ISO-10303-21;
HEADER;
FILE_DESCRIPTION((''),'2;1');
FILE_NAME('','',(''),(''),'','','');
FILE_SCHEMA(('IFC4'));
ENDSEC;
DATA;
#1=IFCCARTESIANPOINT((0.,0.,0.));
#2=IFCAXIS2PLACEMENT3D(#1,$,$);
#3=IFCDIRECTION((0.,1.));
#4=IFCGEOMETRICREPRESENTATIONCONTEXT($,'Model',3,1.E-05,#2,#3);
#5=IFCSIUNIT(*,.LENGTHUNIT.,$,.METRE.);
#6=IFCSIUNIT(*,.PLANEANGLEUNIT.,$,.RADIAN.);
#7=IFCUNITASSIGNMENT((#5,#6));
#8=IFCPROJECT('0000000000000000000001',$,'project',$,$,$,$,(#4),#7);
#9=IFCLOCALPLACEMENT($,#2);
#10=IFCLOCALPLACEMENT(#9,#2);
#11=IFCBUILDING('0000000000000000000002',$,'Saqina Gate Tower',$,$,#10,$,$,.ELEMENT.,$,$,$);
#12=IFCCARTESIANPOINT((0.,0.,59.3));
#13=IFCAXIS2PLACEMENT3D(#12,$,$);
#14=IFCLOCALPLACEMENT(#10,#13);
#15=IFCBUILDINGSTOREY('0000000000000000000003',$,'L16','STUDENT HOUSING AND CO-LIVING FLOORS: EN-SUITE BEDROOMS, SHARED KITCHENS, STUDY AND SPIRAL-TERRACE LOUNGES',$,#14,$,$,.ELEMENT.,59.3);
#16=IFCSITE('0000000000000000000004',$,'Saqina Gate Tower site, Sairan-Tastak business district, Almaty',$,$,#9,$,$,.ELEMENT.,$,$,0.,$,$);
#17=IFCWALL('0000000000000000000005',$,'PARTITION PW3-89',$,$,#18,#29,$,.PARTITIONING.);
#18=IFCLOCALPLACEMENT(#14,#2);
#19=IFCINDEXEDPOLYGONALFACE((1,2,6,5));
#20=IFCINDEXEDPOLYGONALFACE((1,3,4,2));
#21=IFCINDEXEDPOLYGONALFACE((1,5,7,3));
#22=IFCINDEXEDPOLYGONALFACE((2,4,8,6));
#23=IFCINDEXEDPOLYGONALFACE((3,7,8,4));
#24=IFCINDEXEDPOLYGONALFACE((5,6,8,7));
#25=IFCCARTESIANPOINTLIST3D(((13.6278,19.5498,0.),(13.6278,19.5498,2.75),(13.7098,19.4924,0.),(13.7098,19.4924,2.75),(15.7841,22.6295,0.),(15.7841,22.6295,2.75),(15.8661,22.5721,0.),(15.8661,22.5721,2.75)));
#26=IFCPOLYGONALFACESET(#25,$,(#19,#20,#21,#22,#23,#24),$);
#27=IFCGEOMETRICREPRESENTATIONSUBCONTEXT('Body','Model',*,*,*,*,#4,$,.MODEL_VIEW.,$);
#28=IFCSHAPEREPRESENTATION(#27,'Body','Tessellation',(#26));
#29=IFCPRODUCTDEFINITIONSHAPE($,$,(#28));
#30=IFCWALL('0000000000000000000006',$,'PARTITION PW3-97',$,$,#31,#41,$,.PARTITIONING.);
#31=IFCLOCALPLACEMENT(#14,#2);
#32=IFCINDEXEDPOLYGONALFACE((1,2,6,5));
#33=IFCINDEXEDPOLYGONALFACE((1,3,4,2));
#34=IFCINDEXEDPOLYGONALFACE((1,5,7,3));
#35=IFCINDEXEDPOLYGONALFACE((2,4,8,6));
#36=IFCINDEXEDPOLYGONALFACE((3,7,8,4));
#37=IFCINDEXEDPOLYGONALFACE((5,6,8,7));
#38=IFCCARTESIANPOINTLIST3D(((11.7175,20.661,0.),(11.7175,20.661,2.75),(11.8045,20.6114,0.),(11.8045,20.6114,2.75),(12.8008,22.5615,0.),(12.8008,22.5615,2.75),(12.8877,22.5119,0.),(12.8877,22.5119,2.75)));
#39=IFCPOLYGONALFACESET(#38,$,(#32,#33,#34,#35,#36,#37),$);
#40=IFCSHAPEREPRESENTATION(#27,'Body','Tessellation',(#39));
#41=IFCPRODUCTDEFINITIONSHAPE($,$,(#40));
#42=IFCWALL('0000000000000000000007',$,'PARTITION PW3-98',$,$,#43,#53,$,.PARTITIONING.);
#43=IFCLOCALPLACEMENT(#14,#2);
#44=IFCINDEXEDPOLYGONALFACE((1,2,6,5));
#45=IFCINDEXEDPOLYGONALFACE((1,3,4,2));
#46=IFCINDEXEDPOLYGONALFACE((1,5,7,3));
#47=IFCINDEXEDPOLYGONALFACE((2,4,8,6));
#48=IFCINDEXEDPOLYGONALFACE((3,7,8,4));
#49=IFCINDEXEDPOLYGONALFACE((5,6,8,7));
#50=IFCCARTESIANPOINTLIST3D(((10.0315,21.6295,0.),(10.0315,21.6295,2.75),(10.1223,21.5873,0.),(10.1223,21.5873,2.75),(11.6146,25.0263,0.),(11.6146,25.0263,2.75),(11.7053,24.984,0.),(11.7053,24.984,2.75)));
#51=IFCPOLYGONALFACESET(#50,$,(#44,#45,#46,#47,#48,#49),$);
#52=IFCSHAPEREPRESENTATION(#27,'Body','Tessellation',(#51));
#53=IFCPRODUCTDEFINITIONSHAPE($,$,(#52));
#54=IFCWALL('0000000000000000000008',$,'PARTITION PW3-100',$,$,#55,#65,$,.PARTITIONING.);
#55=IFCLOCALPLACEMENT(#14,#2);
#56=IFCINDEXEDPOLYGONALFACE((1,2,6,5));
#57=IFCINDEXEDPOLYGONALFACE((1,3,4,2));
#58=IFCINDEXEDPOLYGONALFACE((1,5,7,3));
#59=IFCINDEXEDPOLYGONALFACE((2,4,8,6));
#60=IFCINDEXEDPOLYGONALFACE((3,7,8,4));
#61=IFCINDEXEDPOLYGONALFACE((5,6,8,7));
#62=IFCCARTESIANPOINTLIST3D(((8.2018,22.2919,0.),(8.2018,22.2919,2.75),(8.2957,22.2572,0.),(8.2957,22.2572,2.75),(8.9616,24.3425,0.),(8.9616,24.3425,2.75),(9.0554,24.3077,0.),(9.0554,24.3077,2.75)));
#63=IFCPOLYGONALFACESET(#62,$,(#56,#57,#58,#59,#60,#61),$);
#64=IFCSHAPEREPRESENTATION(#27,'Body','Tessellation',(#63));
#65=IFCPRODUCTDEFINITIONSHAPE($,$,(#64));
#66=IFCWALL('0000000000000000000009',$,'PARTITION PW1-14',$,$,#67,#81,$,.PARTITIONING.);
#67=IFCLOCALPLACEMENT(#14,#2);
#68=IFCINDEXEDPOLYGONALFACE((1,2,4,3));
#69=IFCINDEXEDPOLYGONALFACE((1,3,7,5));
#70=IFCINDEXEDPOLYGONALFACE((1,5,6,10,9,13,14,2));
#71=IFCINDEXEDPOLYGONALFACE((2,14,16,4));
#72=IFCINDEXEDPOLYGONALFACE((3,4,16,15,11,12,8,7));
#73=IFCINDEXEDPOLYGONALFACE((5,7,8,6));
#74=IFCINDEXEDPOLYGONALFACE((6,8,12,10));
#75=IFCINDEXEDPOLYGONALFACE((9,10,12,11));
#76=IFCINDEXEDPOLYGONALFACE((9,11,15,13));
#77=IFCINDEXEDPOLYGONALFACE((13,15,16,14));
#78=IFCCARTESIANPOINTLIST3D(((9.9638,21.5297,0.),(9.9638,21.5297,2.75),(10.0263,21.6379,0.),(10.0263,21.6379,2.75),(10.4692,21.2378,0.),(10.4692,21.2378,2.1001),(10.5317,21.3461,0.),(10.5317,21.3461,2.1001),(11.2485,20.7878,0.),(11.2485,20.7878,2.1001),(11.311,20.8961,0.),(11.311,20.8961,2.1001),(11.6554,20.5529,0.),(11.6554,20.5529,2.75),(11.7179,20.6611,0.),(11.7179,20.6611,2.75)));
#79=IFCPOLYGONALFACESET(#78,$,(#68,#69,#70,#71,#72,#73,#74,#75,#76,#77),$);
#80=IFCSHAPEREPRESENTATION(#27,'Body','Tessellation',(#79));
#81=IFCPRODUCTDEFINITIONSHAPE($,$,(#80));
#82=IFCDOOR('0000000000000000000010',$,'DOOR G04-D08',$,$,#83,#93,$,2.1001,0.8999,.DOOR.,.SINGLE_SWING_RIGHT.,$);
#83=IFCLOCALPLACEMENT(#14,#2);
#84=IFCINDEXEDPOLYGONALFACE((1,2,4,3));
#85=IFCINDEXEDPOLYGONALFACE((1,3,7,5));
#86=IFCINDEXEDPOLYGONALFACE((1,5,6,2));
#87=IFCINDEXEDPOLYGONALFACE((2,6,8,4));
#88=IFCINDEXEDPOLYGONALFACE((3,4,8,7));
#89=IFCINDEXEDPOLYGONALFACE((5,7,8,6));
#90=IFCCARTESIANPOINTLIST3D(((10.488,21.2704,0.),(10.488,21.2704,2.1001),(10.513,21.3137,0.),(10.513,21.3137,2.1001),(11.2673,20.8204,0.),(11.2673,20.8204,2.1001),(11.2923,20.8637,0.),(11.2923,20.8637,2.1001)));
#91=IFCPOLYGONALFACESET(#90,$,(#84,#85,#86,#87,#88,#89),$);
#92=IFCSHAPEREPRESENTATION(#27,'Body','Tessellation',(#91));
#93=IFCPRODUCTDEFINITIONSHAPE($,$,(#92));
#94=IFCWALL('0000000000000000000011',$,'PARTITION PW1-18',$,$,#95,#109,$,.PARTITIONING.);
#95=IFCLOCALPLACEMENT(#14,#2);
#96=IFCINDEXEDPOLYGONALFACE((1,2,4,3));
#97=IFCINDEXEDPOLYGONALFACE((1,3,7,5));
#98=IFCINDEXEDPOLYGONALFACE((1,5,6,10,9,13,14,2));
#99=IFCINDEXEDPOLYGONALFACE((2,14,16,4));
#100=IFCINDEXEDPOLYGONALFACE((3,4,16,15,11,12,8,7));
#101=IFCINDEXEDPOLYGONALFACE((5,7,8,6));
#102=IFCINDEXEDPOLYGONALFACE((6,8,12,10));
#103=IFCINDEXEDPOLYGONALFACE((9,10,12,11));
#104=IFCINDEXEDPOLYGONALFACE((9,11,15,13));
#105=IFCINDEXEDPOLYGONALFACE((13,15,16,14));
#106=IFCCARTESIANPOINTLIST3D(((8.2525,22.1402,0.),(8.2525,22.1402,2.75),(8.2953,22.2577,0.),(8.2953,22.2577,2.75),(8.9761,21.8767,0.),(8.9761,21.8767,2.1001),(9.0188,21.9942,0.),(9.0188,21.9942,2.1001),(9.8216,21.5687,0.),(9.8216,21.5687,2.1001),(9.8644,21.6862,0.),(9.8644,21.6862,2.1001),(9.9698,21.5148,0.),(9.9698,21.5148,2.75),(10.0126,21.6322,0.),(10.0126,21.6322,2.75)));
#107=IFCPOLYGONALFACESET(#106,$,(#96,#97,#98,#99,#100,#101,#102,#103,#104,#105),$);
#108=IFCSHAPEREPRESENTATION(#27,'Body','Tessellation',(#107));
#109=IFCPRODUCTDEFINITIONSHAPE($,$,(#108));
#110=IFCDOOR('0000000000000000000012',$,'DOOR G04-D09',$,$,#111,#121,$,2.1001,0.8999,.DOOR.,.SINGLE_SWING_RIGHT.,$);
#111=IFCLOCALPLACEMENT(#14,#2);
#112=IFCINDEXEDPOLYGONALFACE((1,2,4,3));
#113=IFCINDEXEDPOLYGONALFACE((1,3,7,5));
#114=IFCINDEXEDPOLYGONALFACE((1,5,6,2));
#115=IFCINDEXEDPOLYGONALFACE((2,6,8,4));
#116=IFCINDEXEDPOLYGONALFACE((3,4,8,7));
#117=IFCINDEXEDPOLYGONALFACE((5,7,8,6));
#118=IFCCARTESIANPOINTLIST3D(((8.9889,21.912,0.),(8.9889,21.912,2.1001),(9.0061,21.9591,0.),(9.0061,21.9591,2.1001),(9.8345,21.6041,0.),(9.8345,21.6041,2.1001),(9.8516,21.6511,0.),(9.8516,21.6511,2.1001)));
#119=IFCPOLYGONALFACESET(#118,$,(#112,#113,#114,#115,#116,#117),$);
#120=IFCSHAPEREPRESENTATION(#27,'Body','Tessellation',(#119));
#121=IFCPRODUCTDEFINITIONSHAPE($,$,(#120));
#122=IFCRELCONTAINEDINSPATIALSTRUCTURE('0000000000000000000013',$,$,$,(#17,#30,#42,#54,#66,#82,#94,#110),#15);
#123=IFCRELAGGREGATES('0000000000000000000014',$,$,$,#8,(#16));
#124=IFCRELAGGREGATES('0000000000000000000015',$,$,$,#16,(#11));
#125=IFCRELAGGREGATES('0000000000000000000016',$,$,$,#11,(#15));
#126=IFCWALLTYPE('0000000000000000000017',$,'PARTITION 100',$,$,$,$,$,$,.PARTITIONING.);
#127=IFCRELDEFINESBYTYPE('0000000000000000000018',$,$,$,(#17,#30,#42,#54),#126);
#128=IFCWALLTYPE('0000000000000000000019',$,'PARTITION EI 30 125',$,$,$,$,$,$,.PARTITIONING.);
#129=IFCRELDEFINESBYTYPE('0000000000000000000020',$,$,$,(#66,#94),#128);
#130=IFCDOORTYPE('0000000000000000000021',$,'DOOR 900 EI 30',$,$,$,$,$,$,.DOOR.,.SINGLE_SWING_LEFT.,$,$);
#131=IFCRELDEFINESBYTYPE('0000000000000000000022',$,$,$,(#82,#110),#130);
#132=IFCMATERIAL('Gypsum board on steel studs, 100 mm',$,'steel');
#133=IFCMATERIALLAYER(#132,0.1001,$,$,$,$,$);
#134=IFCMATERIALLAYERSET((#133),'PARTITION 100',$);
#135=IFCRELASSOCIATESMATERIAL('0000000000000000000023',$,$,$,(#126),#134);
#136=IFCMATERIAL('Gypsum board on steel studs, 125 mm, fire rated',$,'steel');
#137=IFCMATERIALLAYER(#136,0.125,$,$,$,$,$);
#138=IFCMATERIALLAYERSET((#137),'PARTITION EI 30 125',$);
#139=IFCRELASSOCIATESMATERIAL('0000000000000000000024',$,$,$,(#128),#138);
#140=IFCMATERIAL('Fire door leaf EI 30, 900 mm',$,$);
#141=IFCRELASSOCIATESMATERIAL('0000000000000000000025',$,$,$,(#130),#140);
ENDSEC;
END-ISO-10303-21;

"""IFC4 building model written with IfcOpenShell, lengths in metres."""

from ifc_helpers import new_model, si_unit, direction, frame, frame_2d, origin, place, context, subcontext, project, spatial, rectangle, extrude, material, layer, layer_set, type_object, element, fill, save


model = new_model("IFC4")

# Units and contexts
model_context = context("Model", 3, precision=1e-05, world=origin(), true_north=direction((0.0, 1.0)))
body_context = subcontext(model_context, "Body", "Model", "MODEL_VIEW")
ifc_project = project(units=[si_unit("LENGTHUNIT", "METRE"), si_unit("PLANEANGLEUNIT", "RADIAN")], contexts=[model_context])

# Site, building, storey
site_placement = place(None, origin())
site = spatial("IfcSite", under=ifc_project, at=site_placement, Name="Saqina Gate Tower site, Sairan-Tastak business district, Almaty", CompositionType="ELEMENT", RefElevation=0.0)
building_placement = place(site_placement, origin())
building = spatial("IfcBuilding", under=site, at=building_placement, Name="Saqina Gate Tower", CompositionType="ELEMENT")
storey_placement = place(building_placement, frame((0.0, 0.0, 59.3)))
storey = spatial("IfcBuildingStorey", under=building, at=storey_placement, Name="L16", Description="STUDENT HOUSING AND CO-LIVING FLOORS: EN-SUITE BEDROOMS, SHARED KITCHENS, STUDY AND SPIRAL-TERRACE LOUNGES", CompositionType="ELEMENT", Elevation=59.3)

# Shared definitions
ifc_material_1 = material(Name="Gypsum board on steel studs, 100 mm", Category="steel")
ifc_layer_1 = layer(ifc_material_1, 0.1001)
ifc_layer_set_1 = layer_set([ifc_layer_1], Name="PARTITION 100")
wall_type_1 = type_object("IfcWallType", Name="PARTITION 100", PredefinedType="PARTITIONING", material=ifc_layer_set_1)

# Walls
wall_1_placement = place(storey_placement, frame((13.6687, 19.521, 0.0), z_axis=(0.0, 0.0, 1.0), x_axis=(0.573558, 0.819165, 0.0)))
element("IfcWall", 1, at=wall_1_placement, inside=storey, type_object=wall_type_1, Name="PARTITION PW3-89", PredefinedType="PARTITIONING", context=body_context, shape_type="SweptSolid", body=[
    extrude(rectangle(XDim=3.7595, YDim=0.1001, at=frame_2d((1.8799, 0.0))), origin(), (0.0, 0.0, 1.0), 2.75),
])
wall_2_placement = place(storey_placement, frame((11.761, 20.6362, 0.0), z_axis=(0.0, 0.0, 1.0), x_axis=(0.495213, 0.868772, 0.0)))
element("IfcWall", 2, at=wall_2_placement, inside=storey, type_object=wall_type_1, Name="PARTITION PW3-97", PredefinedType="PARTITIONING", context=body_context, shape_type="SweptSolid", body=[
    extrude(rectangle(XDim=2.1875, YDim=0.1001, at=frame_2d((1.0938, 0.0))), origin(), (0.0, 0.0, 1.0), 2.75),
])
wall_3_placement = place(storey_placement, frame((10.0769, 21.6084, 0.0), z_axis=(0.0, 0.0, 1.0), x_axis=(0.422418, 0.906401, 0.0)))
element("IfcWall", 3, at=wall_3_placement, inside=storey, type_object=wall_type_1, Name="PARTITION PW3-98", PredefinedType="PARTITIONING", context=body_context, shape_type="SweptSolid", body=[
    extrude(rectangle(XDim=3.7476, YDim=0.1001, at=frame_2d((1.8738, 0.0))), origin(), (0.0, 0.0, 1.0), 2.75),
])
wall_4_placement = place(storey_placement, frame((8.2488, 22.2747, 0.0), z_axis=(0.0, 0.0, 1.0), x_axis=(0.347438, 0.937703, 0.0)))
element("IfcWall", 4, at=wall_4_placement, inside=storey, type_object=wall_type_1, Name="PARTITION PW3-100", PredefinedType="PARTITIONING", context=body_context, shape_type="SweptSolid", body=[
    extrude(rectangle(XDim=2.1868, YDim=0.1001, at=frame_2d((1.0933, 0.0))), origin(), (0.0, 0.0, 1.0), 2.75),
])

# Walls, openings, doors
ifc_material_2 = material(Name="Gypsum board on steel studs, 125 mm, fire rated", Category="steel")
ifc_layer_2 = layer(ifc_material_2, 0.125)
ifc_layer_set_2 = layer_set([ifc_layer_2], Name="PARTITION EI 30 125")
wall_type_2 = type_object("IfcWallType", Name="PARTITION EI 30 125", PredefinedType="PARTITIONING", material=ifc_layer_set_2)
wall_5_placement = place(storey_placement, frame((9.9951, 21.5837, 0.0), z_axis=(0.0, 0.0, 1.0), x_axis=(0.865996, -0.500051, 0.0)))
wall_5 = element("IfcWall", 5, at=wall_5_placement, inside=storey, type_object=wall_type_2, Name="PARTITION PW1-14", PredefinedType="PARTITIONING", context=body_context, shape_type="SweptSolid", body=[
    extrude(rectangle(XDim=1.9534, YDim=0.125, at=frame_2d((0.9766, 0.0))), origin(), (0.0, 0.0, 1.0), 2.75),
])
opening_1_placement = place(wall_5_placement, frame((0.5835, 0.0, 0.0)))
opening_1 = element("IfcOpeningElement", 6, at=opening_1_placement, cuts=wall_5, PredefinedType="OPENING", context=body_context, shape_type="SweptSolid", body=[
    extrude(rectangle(XDim=0.8999, YDim=2.1001, at=frame_2d((0.45, 1.05))), frame((0.0, 0.0745, 0.0), z_axis=(0.0, -1.0, 0.0), x_axis=(1.0, 0.0, 0.0)), (0.0, 0.0, 1.0), 0.1489),
])
ifc_material_3 = material(Name="Fire door leaf EI 30, 900 mm")
door_type_1 = type_object("IfcDoorType", Name="DOOR 900 EI 30", OperationType="SINGLE_SWING_LEFT", PredefinedType="DOOR", material=ifc_material_3)
door_1_placement = place(opening_1_placement, frame((0.8999, 0.0, 0.0), z_axis=(0.0, 0.0, 1.0), x_axis=(-1.0, 0.0, 0.0)))
door_1 = element("IfcDoor", 7, at=door_1_placement, inside=storey, type_object=door_type_1, Name="DOOR G04-D08", OperationType="SINGLE_SWING_RIGHT", OverallHeight=2.1001, OverallWidth=0.8999, PredefinedType="DOOR", context=body_context, shape_type="SweptSolid", body=[
    extrude(rectangle(XDim=0.8999, YDim=2.1001, at=frame_2d((0.45, 1.05))), frame((0.0, 0.0249, 0.0), z_axis=(0.0, -1.0, 0.0), x_axis=(1.0, 0.0, 0.0)), (0.0, 0.0, 1.0), 0.05),
])
fill(opening_1, door_1)
wall_6_placement = place(storey_placement, frame((8.2739, 22.199, 0.0), z_axis=(0.0, 0.0, 1.0), x_axis=(0.939614, -0.342236, 0.0)))
wall_6 = element("IfcWall", 8, at=wall_6_placement, inside=storey, type_object=wall_type_2, Name="PARTITION PW1-18", PredefinedType="PARTITIONING", context=body_context, shape_type="SweptSolid", body=[
    extrude(rectangle(XDim=1.8276, YDim=0.125, at=frame_2d((0.9138, 0.0))), origin(), (0.0, 0.0, 1.0), 2.75),
])
opening_2_placement = place(wall_6_placement, frame((0.77, 0.0, 0.0)))
opening_2 = element("IfcOpeningElement", 9, at=opening_2_placement, cuts=wall_6, PredefinedType="OPENING", context=body_context, shape_type="SweptSolid", body=[
    extrude(rectangle(XDim=0.8999, YDim=2.1001, at=frame_2d((0.45, 1.05))), frame((0.0, 0.0745, 0.0), z_axis=(0.0, -1.0, 0.0), x_axis=(1.0, 0.0, 0.0)), (0.0, 0.0, 1.0), 0.1489),
])
door_2_placement = place(opening_2_placement, frame((0.8999, 0.0, 0.0), z_axis=(0.0, 0.0, 1.0), x_axis=(-1.0, 0.0, 0.0)))
door_2 = element("IfcDoor", 10, at=door_2_placement, inside=storey, type_object=door_type_1, Name="DOOR G04-D09", OperationType="SINGLE_SWING_RIGHT", OverallHeight=2.1001, OverallWidth=0.8999, PredefinedType="DOOR", context=body_context, shape_type="SweptSolid", body=[
    extrude(rectangle(XDim=0.8999, YDim=2.1001, at=frame_2d((0.45, 1.05))), frame((0.0, 0.0249, 0.0), z_axis=(0.0, -1.0, 0.0), x_axis=(1.0, 0.0, 0.0)), (0.0, 0.0, 1.0), 0.05),
])
fill(opening_2, door_2)

save(model, "model.ifc")
